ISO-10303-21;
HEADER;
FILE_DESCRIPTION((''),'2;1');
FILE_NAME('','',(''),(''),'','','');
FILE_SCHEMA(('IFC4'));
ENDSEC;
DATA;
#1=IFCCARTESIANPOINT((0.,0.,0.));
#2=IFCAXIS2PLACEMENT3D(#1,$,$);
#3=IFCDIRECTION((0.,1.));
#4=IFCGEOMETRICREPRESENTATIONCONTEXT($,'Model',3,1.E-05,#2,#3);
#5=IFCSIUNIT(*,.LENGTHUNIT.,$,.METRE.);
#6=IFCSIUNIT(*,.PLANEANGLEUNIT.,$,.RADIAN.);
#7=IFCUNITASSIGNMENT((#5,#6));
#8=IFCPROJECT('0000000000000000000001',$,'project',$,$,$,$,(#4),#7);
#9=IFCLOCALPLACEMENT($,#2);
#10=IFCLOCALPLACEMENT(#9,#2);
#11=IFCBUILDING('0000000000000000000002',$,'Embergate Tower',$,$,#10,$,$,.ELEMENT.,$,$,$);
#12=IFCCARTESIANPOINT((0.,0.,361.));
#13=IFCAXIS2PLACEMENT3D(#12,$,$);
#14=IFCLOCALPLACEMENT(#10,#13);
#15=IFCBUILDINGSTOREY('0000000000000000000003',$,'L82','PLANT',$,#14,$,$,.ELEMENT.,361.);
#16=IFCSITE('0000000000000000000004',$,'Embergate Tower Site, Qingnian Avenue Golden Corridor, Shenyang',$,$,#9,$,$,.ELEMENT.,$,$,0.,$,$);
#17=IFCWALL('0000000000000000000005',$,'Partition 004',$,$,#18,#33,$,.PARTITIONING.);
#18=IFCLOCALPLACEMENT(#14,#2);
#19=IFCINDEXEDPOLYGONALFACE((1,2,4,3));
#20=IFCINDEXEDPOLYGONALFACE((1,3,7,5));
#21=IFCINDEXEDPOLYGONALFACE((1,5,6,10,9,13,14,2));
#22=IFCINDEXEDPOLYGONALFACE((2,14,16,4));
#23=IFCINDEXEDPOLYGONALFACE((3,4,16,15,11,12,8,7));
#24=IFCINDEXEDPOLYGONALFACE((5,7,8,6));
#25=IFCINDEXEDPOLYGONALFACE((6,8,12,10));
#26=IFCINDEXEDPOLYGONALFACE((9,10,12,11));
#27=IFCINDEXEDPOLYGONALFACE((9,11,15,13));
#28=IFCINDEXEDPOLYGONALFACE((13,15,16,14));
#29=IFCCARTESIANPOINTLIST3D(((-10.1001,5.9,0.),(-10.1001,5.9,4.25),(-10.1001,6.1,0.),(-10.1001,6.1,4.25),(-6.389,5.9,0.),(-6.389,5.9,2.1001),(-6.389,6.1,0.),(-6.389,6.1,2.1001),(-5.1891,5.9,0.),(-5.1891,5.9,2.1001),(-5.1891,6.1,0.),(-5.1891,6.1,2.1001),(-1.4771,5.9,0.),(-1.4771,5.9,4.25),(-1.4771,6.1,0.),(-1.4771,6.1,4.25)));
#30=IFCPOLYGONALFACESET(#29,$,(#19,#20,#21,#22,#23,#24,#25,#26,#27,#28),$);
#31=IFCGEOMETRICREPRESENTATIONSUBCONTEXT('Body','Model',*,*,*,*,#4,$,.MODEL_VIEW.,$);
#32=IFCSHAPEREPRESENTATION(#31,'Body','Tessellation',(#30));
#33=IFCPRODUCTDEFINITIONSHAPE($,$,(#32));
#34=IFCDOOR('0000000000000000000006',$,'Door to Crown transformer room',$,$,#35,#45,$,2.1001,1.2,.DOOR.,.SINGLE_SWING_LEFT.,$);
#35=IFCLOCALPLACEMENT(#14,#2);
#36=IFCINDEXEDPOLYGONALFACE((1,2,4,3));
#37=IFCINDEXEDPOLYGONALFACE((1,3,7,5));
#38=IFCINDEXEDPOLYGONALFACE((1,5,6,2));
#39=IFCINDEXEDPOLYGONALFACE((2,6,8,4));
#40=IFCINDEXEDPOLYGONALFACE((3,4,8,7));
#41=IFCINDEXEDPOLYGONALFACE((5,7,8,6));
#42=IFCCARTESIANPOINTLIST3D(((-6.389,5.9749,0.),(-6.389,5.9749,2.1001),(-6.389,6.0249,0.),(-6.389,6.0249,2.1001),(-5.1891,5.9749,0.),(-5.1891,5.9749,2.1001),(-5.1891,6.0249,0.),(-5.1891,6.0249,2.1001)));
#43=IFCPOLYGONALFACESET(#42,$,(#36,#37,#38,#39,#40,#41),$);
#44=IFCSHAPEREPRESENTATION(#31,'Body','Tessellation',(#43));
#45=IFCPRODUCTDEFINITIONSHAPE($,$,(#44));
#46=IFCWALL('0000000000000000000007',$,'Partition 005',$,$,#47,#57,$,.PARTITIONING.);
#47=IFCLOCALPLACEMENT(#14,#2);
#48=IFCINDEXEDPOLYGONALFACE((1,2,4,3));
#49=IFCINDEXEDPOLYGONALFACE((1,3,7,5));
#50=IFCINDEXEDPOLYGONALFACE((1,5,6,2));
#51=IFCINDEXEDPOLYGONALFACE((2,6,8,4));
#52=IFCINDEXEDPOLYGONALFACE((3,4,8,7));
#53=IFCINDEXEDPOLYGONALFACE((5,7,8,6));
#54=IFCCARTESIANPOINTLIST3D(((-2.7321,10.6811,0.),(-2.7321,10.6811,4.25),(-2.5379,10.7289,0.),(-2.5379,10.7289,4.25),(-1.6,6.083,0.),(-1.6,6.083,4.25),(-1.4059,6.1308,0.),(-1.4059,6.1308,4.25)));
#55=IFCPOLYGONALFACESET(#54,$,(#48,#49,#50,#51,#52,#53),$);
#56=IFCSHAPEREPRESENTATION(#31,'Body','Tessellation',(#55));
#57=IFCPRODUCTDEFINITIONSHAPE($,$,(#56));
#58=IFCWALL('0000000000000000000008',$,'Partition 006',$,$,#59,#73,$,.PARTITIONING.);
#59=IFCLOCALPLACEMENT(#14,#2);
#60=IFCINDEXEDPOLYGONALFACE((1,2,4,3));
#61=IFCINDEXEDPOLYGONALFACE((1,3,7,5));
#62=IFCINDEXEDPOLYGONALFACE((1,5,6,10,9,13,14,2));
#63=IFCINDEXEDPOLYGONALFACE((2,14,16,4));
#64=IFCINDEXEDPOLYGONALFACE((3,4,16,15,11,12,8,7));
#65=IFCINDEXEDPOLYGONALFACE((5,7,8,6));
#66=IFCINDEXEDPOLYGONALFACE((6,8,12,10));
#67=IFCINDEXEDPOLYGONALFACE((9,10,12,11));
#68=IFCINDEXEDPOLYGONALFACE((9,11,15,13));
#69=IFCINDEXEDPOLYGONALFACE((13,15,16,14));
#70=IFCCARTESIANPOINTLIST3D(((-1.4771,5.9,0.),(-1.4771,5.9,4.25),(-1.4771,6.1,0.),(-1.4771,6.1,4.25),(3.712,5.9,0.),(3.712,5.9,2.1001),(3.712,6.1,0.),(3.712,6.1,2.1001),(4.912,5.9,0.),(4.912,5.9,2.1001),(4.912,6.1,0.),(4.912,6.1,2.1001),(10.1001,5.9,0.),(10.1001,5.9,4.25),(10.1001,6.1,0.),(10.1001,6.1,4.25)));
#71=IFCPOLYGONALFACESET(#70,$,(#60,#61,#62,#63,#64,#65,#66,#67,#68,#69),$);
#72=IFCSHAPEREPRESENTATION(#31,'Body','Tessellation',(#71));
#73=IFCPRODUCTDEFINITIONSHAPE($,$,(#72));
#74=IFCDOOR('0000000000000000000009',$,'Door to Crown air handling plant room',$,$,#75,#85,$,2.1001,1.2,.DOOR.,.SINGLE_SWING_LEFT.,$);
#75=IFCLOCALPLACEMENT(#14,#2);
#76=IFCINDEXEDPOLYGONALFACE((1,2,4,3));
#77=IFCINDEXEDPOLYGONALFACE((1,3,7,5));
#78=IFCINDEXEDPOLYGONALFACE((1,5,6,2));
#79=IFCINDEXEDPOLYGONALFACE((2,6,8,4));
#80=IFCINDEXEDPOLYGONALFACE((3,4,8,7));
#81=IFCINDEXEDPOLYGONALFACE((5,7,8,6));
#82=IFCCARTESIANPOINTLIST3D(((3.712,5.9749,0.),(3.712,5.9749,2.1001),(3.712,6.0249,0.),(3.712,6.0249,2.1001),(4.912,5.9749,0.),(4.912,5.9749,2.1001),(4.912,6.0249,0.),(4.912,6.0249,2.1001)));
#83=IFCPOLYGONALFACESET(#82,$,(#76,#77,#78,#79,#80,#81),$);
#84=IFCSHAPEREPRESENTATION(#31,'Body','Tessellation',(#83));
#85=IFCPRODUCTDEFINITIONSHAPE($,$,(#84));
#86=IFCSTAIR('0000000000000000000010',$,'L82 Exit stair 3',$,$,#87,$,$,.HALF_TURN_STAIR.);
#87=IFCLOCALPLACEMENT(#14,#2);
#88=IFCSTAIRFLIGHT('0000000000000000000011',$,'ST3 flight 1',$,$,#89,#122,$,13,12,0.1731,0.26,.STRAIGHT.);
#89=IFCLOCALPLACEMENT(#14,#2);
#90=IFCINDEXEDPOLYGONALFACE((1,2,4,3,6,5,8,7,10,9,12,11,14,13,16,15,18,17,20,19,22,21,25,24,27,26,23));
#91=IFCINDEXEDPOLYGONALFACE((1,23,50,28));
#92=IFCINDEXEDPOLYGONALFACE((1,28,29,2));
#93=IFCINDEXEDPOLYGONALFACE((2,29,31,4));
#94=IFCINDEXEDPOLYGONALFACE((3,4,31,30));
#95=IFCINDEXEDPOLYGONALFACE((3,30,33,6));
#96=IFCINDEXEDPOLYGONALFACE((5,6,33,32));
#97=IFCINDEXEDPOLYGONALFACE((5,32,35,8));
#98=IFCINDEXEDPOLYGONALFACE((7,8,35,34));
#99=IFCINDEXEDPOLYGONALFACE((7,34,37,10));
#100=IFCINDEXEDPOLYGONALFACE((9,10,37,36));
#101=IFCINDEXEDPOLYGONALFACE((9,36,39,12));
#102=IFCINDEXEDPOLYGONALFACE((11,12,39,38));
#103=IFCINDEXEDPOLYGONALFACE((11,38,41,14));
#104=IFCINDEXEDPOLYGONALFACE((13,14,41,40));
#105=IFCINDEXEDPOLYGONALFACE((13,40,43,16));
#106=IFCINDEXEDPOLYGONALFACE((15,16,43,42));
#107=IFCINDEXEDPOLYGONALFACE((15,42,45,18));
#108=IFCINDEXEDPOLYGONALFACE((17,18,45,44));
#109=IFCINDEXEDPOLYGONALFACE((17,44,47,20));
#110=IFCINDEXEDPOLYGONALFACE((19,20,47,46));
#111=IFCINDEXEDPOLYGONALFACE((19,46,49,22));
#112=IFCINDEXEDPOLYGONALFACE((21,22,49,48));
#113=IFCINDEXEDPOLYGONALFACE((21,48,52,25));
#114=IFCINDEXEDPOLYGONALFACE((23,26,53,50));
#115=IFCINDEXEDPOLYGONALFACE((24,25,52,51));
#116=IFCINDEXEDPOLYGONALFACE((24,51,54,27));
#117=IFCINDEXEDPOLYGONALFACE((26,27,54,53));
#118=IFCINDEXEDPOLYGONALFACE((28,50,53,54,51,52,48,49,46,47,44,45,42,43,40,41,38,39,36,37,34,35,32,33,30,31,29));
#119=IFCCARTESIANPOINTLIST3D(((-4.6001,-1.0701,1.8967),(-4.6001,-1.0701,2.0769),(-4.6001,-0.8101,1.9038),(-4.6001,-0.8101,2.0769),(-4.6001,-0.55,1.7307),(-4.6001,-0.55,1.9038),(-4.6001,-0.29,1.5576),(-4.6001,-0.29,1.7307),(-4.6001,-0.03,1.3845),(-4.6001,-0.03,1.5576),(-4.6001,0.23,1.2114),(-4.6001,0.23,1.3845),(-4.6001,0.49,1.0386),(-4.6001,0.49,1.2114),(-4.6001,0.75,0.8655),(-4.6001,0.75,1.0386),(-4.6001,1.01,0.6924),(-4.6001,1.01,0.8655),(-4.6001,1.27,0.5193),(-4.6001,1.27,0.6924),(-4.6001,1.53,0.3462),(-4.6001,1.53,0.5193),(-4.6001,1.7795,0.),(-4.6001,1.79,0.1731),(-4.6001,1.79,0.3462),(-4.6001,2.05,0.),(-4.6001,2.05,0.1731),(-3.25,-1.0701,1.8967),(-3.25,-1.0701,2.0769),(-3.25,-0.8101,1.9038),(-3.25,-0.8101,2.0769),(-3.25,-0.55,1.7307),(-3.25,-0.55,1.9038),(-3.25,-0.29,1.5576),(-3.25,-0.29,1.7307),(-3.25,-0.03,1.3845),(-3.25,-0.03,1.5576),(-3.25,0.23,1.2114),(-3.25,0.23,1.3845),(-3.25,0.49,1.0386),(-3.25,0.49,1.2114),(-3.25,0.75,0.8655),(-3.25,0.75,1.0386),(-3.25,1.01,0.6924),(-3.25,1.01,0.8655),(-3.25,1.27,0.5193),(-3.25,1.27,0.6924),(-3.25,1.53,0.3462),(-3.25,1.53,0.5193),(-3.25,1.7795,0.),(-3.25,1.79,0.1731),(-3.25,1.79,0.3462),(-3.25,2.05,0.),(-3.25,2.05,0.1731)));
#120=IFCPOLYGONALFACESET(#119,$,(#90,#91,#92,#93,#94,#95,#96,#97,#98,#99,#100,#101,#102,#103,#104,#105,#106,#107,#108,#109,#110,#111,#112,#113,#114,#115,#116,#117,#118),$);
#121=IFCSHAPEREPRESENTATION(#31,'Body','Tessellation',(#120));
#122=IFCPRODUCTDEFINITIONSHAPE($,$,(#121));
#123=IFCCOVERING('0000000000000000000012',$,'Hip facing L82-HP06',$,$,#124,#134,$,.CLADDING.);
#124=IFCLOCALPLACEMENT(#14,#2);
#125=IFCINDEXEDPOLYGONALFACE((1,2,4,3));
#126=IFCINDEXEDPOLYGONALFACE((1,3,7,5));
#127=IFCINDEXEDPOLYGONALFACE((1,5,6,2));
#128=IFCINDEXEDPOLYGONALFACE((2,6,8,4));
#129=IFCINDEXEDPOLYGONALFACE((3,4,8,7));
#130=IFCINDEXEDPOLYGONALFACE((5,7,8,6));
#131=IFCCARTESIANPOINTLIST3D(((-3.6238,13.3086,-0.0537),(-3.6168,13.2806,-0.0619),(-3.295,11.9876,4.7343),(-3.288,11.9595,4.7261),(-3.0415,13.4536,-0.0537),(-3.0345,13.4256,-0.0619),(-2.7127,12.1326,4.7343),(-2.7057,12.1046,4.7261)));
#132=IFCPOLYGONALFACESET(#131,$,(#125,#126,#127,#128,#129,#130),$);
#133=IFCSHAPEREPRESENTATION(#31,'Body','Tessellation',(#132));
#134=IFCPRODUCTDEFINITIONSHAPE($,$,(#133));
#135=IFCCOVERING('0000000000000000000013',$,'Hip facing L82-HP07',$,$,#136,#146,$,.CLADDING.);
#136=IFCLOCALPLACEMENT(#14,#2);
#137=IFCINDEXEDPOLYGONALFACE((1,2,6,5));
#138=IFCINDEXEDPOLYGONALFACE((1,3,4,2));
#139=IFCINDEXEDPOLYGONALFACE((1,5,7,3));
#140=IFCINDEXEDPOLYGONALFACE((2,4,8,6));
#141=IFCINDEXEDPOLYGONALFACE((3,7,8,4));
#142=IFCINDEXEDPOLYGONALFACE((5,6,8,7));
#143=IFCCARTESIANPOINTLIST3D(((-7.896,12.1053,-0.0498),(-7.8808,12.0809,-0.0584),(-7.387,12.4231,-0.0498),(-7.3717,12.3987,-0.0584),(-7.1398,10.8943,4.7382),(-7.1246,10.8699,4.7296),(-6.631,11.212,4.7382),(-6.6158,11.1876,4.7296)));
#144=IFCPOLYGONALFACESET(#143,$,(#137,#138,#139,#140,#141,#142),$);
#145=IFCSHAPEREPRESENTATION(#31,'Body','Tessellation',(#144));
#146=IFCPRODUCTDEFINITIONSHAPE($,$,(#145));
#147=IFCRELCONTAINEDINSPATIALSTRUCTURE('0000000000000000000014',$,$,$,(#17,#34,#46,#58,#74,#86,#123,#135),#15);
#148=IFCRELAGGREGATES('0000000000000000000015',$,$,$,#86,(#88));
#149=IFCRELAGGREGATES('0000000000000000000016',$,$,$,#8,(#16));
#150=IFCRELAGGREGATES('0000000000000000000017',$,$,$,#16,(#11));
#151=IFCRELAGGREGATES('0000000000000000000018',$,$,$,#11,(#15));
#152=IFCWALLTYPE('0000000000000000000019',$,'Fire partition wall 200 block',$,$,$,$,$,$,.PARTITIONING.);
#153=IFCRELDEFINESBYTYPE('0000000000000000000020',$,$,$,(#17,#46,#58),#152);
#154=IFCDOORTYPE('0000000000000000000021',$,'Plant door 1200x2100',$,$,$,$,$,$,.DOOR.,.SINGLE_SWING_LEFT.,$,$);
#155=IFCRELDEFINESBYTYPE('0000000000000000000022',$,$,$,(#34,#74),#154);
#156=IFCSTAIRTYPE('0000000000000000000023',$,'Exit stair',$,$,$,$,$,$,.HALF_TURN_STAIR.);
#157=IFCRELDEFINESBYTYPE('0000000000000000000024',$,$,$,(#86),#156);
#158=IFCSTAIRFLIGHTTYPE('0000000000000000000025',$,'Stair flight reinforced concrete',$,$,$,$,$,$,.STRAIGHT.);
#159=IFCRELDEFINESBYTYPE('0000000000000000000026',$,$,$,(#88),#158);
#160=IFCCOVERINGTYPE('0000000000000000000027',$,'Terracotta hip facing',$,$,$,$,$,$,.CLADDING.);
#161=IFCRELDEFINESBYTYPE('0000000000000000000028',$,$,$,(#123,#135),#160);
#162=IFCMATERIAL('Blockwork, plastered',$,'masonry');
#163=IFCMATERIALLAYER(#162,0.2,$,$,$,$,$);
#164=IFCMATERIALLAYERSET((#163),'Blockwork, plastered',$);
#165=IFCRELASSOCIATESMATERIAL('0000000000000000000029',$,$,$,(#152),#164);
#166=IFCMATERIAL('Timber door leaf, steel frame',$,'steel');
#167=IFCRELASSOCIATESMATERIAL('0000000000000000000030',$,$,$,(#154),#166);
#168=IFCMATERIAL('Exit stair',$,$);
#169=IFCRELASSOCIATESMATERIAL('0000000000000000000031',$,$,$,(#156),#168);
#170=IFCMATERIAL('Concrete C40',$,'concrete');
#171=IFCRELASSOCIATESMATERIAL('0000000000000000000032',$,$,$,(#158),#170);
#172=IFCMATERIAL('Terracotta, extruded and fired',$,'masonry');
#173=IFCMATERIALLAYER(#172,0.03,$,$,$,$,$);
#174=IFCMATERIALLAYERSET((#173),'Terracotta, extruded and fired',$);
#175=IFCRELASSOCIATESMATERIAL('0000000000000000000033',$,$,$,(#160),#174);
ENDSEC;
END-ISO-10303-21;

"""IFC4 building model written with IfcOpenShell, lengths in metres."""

from ifc_helpers import new_model, si_unit, direction, frame, frame_2d, origin, place, context, subcontext, project, spatial, polyline, rectangle, outline, extrude, source, transform, mapped, material, layer, layer_set, type_object, element, fill, aggregate, save


model = new_model("IFC4")

# Units and contexts
model_context = context("Model", 3, precision=1e-05, world=origin(), true_north=direction((0.0, 1.0)))
body_context = subcontext(model_context, "Body", "Model", "MODEL_VIEW")
ifc_project = project(units=[si_unit("LENGTHUNIT", "METRE"), si_unit("PLANEANGLEUNIT", "RADIAN")], contexts=[model_context])

# Site, building, storey
site_placement = place(None, origin())
site = spatial("IfcSite", under=ifc_project, at=site_placement, Name="Embergate Tower Site, Qingnian Avenue Golden Corridor, Shenyang", CompositionType="ELEMENT", RefElevation=0.0)
building_placement = place(site_placement, origin())
building = spatial("IfcBuilding", under=site, at=building_placement, Name="Embergate Tower", CompositionType="ELEMENT")
storey_placement = place(building_placement, frame((0.0, 0.0, 361.0)))
storey = spatial("IfcBuildingStorey", under=building, at=storey_placement, Name="L82", Description="PLANT", CompositionType="ELEMENT", Elevation=361.0)

# Wall, opening, door
shared_shape_1 = source(origin(), body_context, "Body", "SweptSolid", [
    extrude(rectangle(XDim=1.2, YDim=2.1001, at=frame_2d((0.6001, 1.05))), frame((0.0, 0.1099, 0.0), z_axis=(0.0, -1.0, 0.0), x_axis=(1.0, 0.0, 0.0)), (0.0, 0.0, 1.0), 0.22),
])
ifc_material_1 = material(Name="Blockwork, plastered", Category="masonry")
ifc_layer_1 = layer(ifc_material_1, 0.2)
ifc_layer_set_1 = layer_set([ifc_layer_1], Name="Blockwork, plastered")
wall_type_1 = type_object("IfcWallType", Name="Fire partition wall 200 block", PredefinedType="PARTITIONING", material=ifc_layer_set_1)
shared_shape_2 = source(origin(), body_context, "Body", "SweptSolid", [
    extrude(rectangle(XDim=8.623, YDim=0.2, at=frame_2d((4.3115, 0.0))), origin(), (0.0, 0.0, 1.0), 4.25),
])
wall_1_placement = place(storey_placement, frame((-10.1001, 6.0, 0.0), z_axis=(0.0, 0.0, 1.0), x_axis=(1.0, 0.0, 0.0)))
wall_1 = element("IfcWall", 1, at=wall_1_placement, inside=storey, type_object=wall_type_1, Name="Partition 004", PredefinedType="PARTITIONING", context=body_context, shape_type="MappedRepresentation", body=[
    mapped(shared_shape_2, transform((0.0, 0.0, 0.0))),
])
opening_1_placement = place(wall_1_placement, frame((3.7109, 0.0, 0.0)))
opening_1 = element("IfcOpeningElement", 2, at=opening_1_placement, cuts=wall_1, PredefinedType="OPENING", context=body_context, shape_type="MappedRepresentation", body=[
    mapped(shared_shape_1, transform((0.0, 0.0, 0.0))),
])
ifc_material_2 = material(Name="Timber door leaf, steel frame", Category="steel")
door_type_1 = type_object("IfcDoorType", Name="Plant door 1200x2100", OperationType="SINGLE_SWING_LEFT", PredefinedType="DOOR", material=ifc_material_2)
shared_shape_3 = source(origin(), body_context, "Body", "SweptSolid", [
    extrude(rectangle(XDim=1.2, YDim=2.1001, at=frame_2d((0.6001, 1.05))), frame((0.0, 0.0249, 0.0), z_axis=(0.0, -1.0, 0.0), x_axis=(1.0, 0.0, 0.0)), (0.0, 0.0, 1.0), 0.05),
])
door_1_placement = place(opening_1_placement, origin())
door_1 = element("IfcDoor", 3, at=door_1_placement, inside=storey, type_object=door_type_1, Name="Door to Crown transformer room", OperationType="SINGLE_SWING_LEFT", OverallHeight=2.1001, OverallWidth=1.2, PredefinedType="DOOR", context=body_context, shape_type="MappedRepresentation", body=[
    mapped(shared_shape_3, transform((0.0, 0.0, 0.0))),
])
fill(opening_1, door_1)

# Wall
shared_shape_4 = source(origin(), body_context, "Body", "SweptSolid", [
    extrude(rectangle(XDim=4.7354, YDim=0.2, at=frame_2d((2.3677, 0.0))), origin(), (0.0, 0.0, 1.0), 4.25),
])
wall_2_placement = place(storey_placement, frame((-1.5029, 6.1069, 0.0), z_axis=(0.0, 0.0, 1.0), x_axis=(-0.239065, 0.971004, 0.0)))
element("IfcWall", 4, at=wall_2_placement, inside=storey, type_object=wall_type_1, Name="Partition 005", PredefinedType="PARTITIONING", context=body_context, shape_type="MappedRepresentation", body=[
    mapped(shared_shape_4, transform((0.0, 0.0, 0.0))),
])

# Wall, opening, door
shared_shape_5 = source(origin(), body_context, "Body", "SweptSolid", [
    extrude(rectangle(XDim=11.5771, YDim=0.2, at=frame_2d((5.7886, 0.0))), origin(), (0.0, 0.0, 1.0), 4.25),
])
wall_3_placement = place(storey_placement, frame((-1.4771, 6.0, 0.0), z_axis=(0.0, 0.0, 1.0), x_axis=(1.0, 0.0, 0.0)))
wall_3 = element("IfcWall", 5, at=wall_3_placement, inside=storey, type_object=wall_type_1, Name="Partition 006", PredefinedType="PARTITIONING", context=body_context, shape_type="MappedRepresentation", body=[
    mapped(shared_shape_5, transform((0.0, 0.0, 0.0))),
])
opening_2_placement = place(wall_3_placement, frame((5.189, 0.0, 0.0)))
opening_2 = element("IfcOpeningElement", 6, at=opening_2_placement, cuts=wall_3, PredefinedType="OPENING", context=body_context, shape_type="MappedRepresentation", body=[
    mapped(shared_shape_1, transform((0.0, 0.0, 0.0))),
])
door_2_placement = place(opening_2_placement, origin())
door_2 = element("IfcDoor", 7, at=door_2_placement, inside=storey, type_object=door_type_1, Name="Door to Crown air handling plant room", OperationType="SINGLE_SWING_LEFT", OverallHeight=2.1001, OverallWidth=1.2, PredefinedType="DOOR", context=body_context, shape_type="MappedRepresentation", body=[
    mapped(shared_shape_3, transform((0.0, 0.0, 0.0))),
])
fill(opening_2, door_2)

# Stair, stair flight
ifc_material_3 = material(Name="Exit stair")
stair_type = type_object("IfcStairType", Name="Exit stair", PredefinedType="HALF_TURN_STAIR", material=ifc_material_3)
stair_placement = place(storey_placement, origin())
stair = element("IfcStair", 8, at=stair_placement, inside=storey, type_object=stair_type, Name="L82 Exit stair 3", PredefinedType="HALF_TURN_STAIR")
ifc_material_4 = material(Name="Concrete C40", Category="concrete")
stair_flight_type = type_object("IfcStairFlightType", Name="Stair flight reinforced concrete", PredefinedType="STRAIGHT", material=ifc_material_4)
shared_shape_6 = source(origin(), body_context, "Body", "SweptSolid", [
    extrude(outline(polyline([(0.0, 0.0), (0.0, 0.1731), (0.26, 0.1731), (0.26, 0.3462), (0.52, 0.3462), (0.52, 0.5193), (0.78, 0.5193), (0.78, 0.6924), (1.04, 0.6924), (1.04, 0.8655), (1.3, 0.8655), (1.3, 1.0386), (1.5601, 1.0386), (1.5601, 1.2114), (1.8201, 1.2114), (1.8201, 1.3845), (2.0801, 1.3845), (2.0801, 1.5576), (2.3401, 1.5576), (2.3401, 1.7307), (2.6001, 1.7307), (2.6001, 1.9038), (2.8601, 1.9038), (2.8601, 2.0769), (3.1201, 2.0769), (3.1201, 2.25), (3.1201, 1.8967), (0.2705, 0.0), (0.0, 0.0)])), frame((0.0, 0.675, 0.0), z_axis=(0.0, -1.0, 0.0), x_axis=(1.0, 0.0, 0.0)), (0.0, 0.0, 1.0), 1.3501),
])
stair_flight_placement = place(storey_placement, frame((-3.925, 2.05, 0.0), z_axis=(0.0, 0.0, 1.0), x_axis=(0.0, -1.0, 0.0)))
stair_flight = element("IfcStairFlight", 9, at=stair_flight_placement, type_object=stair_flight_type, Name="ST3 flight 1", NumberOfRisers=13, NumberOfTreads=12, PredefinedType="STRAIGHT", RiserHeight=0.1731, TreadLength=0.26, context=body_context, shape_type="MappedRepresentation", body=[
    mapped(shared_shape_6, transform((0.0, 0.0, 0.0))),
])
aggregate(stair, [stair_flight])

# Coverings
ifc_material_5 = material(Name="Terracotta, extruded and fired", Category="masonry")
ifc_layer_2 = layer(ifc_material_5, 0.03)
ifc_layer_set_2 = layer_set([ifc_layer_2], Name="Terracotta, extruded and fired")
covering_type = type_object("IfcCoveringType", Name="Terracotta hip facing", PredefinedType="CLADDING", material=ifc_layer_set_2)
shared_shape_7 = source(origin(), body_context, "Body", "SweptSolid", [
    extrude(outline(polyline([(0.0, 0.0), (4.9778, 0.0), (4.9778, -0.6001), (0.0, -0.6001), (0.0, 0.0)])), origin(), (0.0, 0.0, -1.0), 0.03),
])
covering_1_placement = place(storey_placement, frame((-3.0415, 13.4536, -0.0537), z_axis=(-0.232461, 0.933364, 0.273484), x_axis=(0.066064, -0.265384, 0.961877)))
element("IfcCovering", 10, at=covering_1_placement, inside=storey, type_object=covering_type, Name="Hip facing L82-HP06", PredefinedType="CLADDING", context=body_context, shape_type="MappedRepresentation", body=[
    mapped(shared_shape_7, transform((0.0, 0.0, 0.0))),
])
shared_shape_8 = source(origin(), body_context, "Body", "SweptSolid", [
    extrude(outline(polyline([(0.0, 0.0), (4.9963, 0.0), (4.9963, -0.5999), (0.0, -0.6001), (0.0, 0.0)])), origin(), (0.0, 0.0, -1.0), 0.03),
])
covering_2_placement = place(storey_placement, frame((-7.387, 12.4231, -0.0498), z_axis=(-0.507534, 0.812874, 0.285735), x_axis=(0.151299, -0.242391, 0.958309)))
element("IfcCovering", 11, at=covering_2_placement, inside=storey, type_object=covering_type, Name="Hip facing L82-HP07", PredefinedType="CLADDING", context=body_context, shape_type="MappedRepresentation", body=[
    mapped(shared_shape_8, transform((0.0, 0.0, 0.0))),
])

save(model, "model.ifc")
